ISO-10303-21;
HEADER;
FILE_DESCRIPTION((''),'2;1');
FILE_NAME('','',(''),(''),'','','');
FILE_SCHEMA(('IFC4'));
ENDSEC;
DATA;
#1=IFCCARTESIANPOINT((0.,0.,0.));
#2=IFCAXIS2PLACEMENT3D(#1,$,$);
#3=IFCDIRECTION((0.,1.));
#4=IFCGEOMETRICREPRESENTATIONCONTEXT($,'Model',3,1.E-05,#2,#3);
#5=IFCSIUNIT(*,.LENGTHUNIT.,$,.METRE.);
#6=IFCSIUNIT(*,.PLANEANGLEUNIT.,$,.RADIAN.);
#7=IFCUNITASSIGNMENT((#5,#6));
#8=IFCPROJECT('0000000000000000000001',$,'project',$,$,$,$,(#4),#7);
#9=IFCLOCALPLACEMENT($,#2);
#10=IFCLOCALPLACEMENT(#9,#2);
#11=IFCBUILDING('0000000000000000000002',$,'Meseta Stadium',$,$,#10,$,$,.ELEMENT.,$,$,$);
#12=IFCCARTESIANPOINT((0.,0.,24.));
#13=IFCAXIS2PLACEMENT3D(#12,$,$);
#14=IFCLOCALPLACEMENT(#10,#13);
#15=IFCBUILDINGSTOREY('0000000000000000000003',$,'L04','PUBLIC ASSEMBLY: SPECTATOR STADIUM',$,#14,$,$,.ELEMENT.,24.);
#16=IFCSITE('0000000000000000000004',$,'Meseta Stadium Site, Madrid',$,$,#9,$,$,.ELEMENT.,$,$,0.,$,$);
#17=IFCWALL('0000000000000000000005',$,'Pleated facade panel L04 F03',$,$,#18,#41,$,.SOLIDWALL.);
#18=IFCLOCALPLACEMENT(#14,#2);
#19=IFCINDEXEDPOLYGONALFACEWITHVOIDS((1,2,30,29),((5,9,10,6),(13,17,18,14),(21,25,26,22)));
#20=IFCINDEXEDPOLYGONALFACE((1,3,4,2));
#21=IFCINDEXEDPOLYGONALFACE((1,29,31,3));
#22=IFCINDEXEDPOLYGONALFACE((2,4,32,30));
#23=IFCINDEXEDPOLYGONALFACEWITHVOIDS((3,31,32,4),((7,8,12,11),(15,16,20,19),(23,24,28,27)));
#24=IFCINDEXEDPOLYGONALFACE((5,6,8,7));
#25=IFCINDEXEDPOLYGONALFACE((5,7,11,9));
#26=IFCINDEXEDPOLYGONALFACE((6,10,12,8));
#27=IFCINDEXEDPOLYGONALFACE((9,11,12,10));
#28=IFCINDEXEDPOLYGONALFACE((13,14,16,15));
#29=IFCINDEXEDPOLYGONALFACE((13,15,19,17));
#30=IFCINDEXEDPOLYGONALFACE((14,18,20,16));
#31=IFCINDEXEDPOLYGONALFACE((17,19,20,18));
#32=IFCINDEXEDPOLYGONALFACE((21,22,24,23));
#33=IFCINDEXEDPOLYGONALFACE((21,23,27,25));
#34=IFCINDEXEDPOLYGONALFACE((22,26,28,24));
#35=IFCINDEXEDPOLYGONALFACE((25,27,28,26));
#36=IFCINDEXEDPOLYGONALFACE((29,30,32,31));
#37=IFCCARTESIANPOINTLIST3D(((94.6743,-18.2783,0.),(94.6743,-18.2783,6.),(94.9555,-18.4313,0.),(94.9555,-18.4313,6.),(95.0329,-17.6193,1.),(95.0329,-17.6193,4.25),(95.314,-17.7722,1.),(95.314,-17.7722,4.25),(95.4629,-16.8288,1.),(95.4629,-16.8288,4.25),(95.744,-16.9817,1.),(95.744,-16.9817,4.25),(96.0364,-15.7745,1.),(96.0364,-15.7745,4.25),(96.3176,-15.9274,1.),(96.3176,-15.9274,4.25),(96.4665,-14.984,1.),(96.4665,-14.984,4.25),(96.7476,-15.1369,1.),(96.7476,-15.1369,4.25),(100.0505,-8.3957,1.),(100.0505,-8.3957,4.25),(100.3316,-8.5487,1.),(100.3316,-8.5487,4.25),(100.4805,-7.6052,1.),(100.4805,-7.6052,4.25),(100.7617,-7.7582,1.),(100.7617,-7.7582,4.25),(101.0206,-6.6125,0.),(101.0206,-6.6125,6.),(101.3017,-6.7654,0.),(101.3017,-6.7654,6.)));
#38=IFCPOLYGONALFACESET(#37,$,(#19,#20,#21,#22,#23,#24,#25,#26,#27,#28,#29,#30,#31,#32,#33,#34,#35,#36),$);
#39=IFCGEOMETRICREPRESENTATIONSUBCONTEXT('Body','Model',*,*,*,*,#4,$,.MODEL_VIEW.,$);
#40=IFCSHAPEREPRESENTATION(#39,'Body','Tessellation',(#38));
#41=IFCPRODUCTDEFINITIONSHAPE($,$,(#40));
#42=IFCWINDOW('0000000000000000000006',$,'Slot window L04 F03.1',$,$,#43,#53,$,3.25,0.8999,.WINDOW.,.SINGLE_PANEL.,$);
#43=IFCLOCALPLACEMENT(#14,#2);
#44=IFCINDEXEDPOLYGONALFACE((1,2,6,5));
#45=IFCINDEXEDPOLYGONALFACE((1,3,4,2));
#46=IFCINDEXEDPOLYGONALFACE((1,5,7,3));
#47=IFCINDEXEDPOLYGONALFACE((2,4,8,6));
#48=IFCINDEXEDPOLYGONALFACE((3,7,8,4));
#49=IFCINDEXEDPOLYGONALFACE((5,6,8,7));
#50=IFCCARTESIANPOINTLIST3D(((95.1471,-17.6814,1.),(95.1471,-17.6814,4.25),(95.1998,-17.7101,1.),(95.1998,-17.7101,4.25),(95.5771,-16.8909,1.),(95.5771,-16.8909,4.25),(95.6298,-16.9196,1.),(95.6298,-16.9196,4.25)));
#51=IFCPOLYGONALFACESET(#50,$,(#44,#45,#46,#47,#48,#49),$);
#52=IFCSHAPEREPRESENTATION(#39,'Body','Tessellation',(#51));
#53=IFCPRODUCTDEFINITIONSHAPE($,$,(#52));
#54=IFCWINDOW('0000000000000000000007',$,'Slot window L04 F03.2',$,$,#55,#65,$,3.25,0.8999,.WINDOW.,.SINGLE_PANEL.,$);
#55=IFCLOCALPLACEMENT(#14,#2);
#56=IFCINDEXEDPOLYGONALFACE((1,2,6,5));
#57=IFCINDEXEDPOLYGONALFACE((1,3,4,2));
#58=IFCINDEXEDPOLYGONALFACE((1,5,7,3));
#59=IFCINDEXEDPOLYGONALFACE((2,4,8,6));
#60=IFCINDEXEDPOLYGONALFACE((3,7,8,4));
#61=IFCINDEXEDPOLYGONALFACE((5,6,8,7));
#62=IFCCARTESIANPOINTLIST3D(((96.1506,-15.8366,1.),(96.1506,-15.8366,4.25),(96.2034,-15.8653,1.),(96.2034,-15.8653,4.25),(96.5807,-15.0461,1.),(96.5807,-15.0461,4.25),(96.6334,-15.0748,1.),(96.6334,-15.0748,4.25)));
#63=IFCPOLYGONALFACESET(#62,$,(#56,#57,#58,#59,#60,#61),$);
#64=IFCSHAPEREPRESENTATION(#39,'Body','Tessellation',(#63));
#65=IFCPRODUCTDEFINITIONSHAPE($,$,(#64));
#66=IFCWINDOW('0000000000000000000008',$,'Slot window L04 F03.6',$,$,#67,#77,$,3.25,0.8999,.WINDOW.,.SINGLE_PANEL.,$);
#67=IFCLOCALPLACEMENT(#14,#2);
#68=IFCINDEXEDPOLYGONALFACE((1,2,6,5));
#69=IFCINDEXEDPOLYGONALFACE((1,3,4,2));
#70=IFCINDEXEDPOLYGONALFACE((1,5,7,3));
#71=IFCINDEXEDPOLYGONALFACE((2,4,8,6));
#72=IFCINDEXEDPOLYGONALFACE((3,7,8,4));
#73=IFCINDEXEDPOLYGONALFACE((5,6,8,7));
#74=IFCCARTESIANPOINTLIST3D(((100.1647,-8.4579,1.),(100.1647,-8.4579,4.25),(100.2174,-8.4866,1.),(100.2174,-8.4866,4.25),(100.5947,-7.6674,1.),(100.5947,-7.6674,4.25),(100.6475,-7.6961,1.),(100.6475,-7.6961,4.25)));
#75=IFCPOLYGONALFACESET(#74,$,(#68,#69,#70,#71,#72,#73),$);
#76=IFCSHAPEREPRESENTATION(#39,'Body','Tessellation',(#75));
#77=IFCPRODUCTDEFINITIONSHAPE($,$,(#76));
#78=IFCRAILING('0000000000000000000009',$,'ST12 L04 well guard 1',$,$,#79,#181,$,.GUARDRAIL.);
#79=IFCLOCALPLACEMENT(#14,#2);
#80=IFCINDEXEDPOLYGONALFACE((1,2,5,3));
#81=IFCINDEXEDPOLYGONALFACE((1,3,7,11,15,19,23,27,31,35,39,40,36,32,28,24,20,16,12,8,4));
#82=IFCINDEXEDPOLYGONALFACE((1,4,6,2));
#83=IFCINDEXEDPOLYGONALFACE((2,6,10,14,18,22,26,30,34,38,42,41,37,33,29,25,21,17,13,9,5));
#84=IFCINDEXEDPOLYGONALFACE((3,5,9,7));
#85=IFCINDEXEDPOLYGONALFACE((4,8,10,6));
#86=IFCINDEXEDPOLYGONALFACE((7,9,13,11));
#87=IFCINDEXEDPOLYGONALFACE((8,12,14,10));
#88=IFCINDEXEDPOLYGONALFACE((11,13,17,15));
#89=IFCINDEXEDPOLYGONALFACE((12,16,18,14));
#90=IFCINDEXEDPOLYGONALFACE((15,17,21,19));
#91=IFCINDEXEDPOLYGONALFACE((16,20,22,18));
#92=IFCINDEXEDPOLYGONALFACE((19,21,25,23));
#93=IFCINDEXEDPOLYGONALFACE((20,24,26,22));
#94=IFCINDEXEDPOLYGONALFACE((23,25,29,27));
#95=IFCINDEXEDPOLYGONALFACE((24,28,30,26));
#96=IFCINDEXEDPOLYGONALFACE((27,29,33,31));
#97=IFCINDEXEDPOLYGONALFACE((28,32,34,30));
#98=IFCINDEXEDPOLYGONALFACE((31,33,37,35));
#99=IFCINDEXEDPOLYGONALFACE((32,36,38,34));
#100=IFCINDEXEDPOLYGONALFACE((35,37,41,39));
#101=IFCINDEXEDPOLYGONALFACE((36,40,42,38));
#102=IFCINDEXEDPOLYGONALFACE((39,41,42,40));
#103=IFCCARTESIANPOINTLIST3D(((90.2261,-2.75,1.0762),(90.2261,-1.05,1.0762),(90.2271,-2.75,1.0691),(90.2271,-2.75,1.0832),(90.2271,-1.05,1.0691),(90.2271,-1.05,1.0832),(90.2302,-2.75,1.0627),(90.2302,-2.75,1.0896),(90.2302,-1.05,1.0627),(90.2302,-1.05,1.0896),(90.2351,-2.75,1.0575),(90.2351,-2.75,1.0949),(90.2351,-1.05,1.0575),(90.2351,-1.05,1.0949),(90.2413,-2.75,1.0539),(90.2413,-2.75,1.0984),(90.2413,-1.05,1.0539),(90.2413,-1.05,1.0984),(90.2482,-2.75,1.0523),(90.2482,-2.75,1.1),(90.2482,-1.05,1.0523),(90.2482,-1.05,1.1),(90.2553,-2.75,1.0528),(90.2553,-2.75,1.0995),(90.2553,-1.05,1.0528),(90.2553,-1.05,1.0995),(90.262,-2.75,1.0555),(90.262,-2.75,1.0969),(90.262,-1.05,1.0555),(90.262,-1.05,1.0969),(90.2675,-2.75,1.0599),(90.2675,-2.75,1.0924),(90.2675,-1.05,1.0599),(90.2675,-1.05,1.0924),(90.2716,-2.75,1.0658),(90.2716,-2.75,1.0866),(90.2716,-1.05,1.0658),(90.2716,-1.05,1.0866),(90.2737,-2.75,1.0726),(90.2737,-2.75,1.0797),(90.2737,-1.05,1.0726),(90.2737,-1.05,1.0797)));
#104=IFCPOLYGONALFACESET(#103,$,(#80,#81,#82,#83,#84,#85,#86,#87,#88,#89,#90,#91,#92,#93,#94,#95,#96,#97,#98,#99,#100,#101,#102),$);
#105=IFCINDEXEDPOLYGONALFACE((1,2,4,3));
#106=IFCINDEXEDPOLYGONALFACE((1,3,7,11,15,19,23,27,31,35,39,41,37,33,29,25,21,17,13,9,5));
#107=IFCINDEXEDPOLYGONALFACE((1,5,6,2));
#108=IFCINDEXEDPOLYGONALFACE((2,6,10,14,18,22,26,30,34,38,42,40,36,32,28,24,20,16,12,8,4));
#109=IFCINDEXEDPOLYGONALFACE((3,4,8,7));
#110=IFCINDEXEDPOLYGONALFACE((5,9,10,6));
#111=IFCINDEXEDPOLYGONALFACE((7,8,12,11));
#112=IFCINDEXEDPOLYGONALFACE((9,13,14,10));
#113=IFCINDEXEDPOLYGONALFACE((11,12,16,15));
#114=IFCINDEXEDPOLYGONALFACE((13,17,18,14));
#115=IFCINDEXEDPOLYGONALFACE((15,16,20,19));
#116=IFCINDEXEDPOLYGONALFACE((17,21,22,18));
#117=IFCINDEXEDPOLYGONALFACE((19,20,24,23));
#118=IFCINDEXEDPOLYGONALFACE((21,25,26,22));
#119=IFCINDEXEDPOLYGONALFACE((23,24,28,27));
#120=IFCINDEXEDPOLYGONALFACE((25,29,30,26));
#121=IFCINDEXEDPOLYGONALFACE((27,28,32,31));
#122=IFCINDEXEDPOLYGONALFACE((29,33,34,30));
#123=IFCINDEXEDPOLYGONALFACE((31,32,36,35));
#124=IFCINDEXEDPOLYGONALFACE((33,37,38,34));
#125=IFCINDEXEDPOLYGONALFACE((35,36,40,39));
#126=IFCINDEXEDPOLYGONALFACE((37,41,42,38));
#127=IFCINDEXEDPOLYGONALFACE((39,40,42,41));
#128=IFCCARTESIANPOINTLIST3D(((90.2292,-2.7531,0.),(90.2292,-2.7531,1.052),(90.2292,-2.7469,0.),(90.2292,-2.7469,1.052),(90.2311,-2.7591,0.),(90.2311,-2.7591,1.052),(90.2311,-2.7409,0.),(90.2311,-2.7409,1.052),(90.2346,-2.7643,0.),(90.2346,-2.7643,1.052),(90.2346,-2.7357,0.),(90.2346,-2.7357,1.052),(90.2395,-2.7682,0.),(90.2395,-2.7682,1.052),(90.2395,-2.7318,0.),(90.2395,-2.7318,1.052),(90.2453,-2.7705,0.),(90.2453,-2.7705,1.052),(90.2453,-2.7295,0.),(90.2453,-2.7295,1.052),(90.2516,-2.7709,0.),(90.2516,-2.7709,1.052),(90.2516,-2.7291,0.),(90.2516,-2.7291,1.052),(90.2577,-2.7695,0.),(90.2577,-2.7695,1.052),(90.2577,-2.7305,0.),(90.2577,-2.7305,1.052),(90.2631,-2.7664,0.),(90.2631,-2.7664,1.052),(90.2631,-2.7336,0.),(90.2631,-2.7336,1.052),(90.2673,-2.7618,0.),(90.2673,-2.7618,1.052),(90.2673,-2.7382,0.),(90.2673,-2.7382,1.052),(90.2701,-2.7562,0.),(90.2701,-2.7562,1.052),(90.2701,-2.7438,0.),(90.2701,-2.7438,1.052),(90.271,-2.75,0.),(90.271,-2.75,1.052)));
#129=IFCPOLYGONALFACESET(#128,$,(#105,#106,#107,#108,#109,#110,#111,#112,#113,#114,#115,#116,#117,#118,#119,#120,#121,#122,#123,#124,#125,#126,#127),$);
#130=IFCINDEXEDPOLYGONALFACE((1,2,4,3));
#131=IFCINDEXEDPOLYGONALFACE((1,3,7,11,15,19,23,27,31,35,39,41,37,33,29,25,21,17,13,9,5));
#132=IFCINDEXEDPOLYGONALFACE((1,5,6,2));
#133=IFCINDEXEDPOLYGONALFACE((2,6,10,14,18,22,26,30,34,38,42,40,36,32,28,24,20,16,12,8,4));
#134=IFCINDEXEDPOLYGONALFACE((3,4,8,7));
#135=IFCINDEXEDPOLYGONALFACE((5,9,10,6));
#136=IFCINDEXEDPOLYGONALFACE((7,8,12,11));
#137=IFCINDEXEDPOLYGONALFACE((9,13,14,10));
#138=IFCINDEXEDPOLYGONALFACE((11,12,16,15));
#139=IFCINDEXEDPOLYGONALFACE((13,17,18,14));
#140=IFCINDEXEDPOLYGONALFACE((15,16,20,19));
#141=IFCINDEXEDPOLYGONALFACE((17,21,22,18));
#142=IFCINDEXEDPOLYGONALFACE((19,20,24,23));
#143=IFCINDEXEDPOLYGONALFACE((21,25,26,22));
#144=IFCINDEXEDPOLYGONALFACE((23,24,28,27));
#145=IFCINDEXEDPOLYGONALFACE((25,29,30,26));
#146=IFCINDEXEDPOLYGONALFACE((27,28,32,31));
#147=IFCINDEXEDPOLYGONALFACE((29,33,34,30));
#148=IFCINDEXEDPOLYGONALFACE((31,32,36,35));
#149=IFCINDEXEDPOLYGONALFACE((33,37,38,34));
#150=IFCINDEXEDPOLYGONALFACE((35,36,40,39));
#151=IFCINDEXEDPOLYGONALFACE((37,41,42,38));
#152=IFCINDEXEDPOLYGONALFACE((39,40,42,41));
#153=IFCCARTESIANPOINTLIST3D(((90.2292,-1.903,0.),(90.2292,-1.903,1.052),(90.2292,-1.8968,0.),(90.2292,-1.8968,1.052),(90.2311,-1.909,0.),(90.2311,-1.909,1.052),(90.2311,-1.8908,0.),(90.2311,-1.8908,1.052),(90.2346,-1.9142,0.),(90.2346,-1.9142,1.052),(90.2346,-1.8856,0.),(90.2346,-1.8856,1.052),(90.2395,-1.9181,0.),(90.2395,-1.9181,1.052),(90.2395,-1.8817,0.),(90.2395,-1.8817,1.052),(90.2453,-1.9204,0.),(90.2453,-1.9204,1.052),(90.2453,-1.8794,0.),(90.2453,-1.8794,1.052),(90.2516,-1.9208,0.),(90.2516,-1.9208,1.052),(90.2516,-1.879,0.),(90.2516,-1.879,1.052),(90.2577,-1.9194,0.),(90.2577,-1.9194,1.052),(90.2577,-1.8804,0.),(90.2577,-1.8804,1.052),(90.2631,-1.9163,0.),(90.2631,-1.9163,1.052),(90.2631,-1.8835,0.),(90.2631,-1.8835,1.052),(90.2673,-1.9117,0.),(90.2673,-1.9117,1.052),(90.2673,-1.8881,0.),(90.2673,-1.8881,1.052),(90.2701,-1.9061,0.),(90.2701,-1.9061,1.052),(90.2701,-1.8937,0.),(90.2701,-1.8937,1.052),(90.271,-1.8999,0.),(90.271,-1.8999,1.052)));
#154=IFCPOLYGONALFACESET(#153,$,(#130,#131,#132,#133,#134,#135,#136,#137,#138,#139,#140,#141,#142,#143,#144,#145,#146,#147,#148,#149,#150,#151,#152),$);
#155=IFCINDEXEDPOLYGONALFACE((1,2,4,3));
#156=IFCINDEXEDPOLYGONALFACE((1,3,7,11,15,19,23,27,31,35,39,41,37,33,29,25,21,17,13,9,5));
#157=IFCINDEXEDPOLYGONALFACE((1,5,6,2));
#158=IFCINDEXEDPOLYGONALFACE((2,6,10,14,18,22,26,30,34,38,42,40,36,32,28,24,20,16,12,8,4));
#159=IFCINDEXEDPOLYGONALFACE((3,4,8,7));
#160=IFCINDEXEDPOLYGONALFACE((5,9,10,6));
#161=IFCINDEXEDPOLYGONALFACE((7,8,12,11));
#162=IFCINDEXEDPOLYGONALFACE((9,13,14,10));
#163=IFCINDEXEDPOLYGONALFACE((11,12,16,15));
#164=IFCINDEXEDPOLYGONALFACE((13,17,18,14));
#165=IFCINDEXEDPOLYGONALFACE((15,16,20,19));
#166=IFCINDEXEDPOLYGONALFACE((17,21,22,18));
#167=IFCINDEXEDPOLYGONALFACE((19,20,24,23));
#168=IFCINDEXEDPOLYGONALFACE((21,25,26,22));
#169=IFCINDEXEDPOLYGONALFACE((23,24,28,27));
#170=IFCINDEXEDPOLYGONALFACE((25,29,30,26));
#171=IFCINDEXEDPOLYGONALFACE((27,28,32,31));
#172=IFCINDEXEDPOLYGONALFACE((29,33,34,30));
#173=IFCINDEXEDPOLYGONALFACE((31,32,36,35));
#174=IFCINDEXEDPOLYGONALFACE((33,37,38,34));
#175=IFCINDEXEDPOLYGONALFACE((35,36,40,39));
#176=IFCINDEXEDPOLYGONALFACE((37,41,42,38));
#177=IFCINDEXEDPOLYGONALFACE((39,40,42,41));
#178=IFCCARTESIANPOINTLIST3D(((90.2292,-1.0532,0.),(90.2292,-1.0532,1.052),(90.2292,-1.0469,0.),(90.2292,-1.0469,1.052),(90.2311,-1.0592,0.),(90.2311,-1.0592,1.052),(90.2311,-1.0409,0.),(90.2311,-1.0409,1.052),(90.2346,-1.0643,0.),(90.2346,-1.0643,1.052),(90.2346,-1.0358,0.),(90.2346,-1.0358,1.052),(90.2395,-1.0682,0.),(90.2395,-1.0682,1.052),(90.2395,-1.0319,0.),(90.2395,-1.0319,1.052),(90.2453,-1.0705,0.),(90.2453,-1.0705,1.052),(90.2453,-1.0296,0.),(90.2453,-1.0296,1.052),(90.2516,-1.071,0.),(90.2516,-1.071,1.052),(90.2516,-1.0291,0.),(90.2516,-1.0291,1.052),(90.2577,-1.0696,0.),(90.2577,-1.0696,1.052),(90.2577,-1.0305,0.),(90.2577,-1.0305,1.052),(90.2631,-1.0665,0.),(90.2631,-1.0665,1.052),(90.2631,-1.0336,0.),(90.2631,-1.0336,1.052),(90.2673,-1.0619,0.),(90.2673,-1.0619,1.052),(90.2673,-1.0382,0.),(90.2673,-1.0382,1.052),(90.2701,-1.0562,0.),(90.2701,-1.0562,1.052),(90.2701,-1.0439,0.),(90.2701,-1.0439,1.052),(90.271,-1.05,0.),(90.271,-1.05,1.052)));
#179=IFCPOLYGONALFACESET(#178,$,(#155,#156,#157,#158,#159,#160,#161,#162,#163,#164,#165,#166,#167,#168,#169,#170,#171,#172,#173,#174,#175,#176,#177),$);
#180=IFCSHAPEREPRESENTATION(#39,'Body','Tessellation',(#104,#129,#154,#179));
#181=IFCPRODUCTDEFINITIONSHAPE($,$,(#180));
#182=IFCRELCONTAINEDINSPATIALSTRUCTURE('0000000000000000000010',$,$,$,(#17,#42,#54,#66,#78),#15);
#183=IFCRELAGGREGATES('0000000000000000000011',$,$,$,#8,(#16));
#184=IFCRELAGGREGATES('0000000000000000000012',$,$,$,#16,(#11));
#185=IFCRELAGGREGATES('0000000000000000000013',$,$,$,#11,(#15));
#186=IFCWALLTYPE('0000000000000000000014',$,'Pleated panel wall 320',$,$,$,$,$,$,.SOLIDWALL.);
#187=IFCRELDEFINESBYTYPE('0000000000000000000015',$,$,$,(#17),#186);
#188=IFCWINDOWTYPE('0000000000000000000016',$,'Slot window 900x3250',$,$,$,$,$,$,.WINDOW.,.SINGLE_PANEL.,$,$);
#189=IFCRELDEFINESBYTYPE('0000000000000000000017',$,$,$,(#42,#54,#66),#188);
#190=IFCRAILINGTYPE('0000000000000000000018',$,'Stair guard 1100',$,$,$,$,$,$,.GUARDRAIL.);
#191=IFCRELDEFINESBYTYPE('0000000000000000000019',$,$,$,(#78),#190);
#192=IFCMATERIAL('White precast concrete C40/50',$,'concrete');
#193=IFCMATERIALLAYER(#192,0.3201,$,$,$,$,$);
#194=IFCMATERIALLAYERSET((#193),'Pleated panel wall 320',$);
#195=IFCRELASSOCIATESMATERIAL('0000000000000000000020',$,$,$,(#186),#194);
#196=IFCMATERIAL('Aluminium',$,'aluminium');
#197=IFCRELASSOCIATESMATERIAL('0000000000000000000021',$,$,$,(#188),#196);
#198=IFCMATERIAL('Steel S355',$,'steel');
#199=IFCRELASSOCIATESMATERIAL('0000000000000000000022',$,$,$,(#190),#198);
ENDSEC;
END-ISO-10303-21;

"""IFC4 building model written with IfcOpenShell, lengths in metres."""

from ifc_helpers import new_model, si_unit, direction, frame, frame_2d, origin, origin_2d, place, context, subcontext, project, spatial, rectangle, circle, extrude, material, layer, layer_set, type_object, element, fill, save


model = new_model("IFC4")

# Units and contexts
model_context = context("Model", 3, precision=1e-05, world=origin(), true_north=direction((0.0, 1.0)))
body_context = subcontext(model_context, "Body", "Model", "MODEL_VIEW")
ifc_project = project(units=[si_unit("LENGTHUNIT", "METRE"), si_unit("PLANEANGLEUNIT", "RADIAN")], contexts=[model_context])

# Site, building, storey
site_placement = place(None, origin())
site = spatial("IfcSite", under=ifc_project, at=site_placement, Name="Meseta Stadium Site, Madrid", CompositionType="ELEMENT", RefElevation=0.0)
building_placement = place(site_placement, origin())
building = spatial("IfcBuilding", under=site, at=building_placement, Name="Meseta Stadium", CompositionType="ELEMENT")
storey_placement = place(building_placement, frame((0.0, 0.0, 24.0)))
storey = spatial("IfcBuildingStorey", under=building, at=storey_placement, Name="L04", Description="PUBLIC ASSEMBLY: SPECTATOR STADIUM", CompositionType="ELEMENT", Elevation=24.0)

# Wall, openings, windows
ifc_material_1 = material(Name="White precast concrete C40/50", Category="concrete")
ifc_layer_1 = layer(ifc_material_1, 0.3201)
ifc_layer_set_1 = layer_set([ifc_layer_1], Name="Pleated panel wall 320")
wall_type_1 = type_object("IfcWallType", Name="Pleated panel wall 320", PredefinedType="SOLIDWALL", material=ifc_layer_set_1)
wall_1_placement = place(storey_placement, frame((101.1611, -6.689, 0.0), z_axis=(0.0, 0.0, 1.0), x_axis=(-0.477868, -0.878432, 0.0)))
wall_1 = element("IfcWall", 1, at=wall_1_placement, inside=storey, type_object=wall_type_1, Name="Pleated facade panel L04 F03", PredefinedType="SOLIDWALL", context=body_context, shape_type="SweptSolid", body=[
    extrude(rectangle(XDim=13.2803, YDim=0.3201, at=frame_2d((6.6401, 0.0))), origin(), (0.0, 0.0, 1.0), 6.0),
])
opening_1_placement = place(wall_1_placement, frame((11.6301, 0.0, 1.0)))
opening_1 = element("IfcOpeningElement", 2, at=opening_1_placement, cuts=wall_1, PredefinedType="OPENING", context=body_context, shape_type="SweptSolid", body=[
    extrude(rectangle(XDim=0.8999, YDim=3.25, at=frame_2d((0.45, 1.625))), frame((0.0, 0.1699, 0.0), z_axis=(0.0, -1.0, 0.0), x_axis=(1.0, 0.0, 0.0)), (0.0, 0.0, 1.0), 0.3401),
])
opening_2_placement = place(wall_1_placement, frame((9.53, 0.0, 1.0)))
opening_2 = element("IfcOpeningElement", 3, at=opening_2_placement, cuts=wall_1, PredefinedType="OPENING", context=body_context, shape_type="SweptSolid", body=[
    extrude(rectangle(XDim=0.8999, YDim=3.25, at=frame_2d((0.45, 1.625))), frame((0.0, 0.1699, 0.0), z_axis=(0.0, -1.0, 0.0), x_axis=(1.0, 0.0, 0.0)), (0.0, 0.0, 1.0), 0.3401),
])
opening_3_placement = place(wall_1_placement, frame((1.1301, 0.0, 1.0)))
opening_3 = element("IfcOpeningElement", 4, at=opening_3_placement, cuts=wall_1, PredefinedType="OPENING", context=body_context, shape_type="SweptSolid", body=[
    extrude(rectangle(XDim=0.8999, YDim=3.25, at=frame_2d((0.45, 1.625))), frame((0.0, 0.1699, 0.0), z_axis=(0.0, -1.0, 0.0), x_axis=(1.0, 0.0, 0.0)), (0.0, 0.0, 1.0), 0.3401),
])
ifc_material_2 = material(Name="Aluminium", Category="aluminium")
window_type_1 = type_object("IfcWindowType", Name="Slot window 900x3250", PartitioningType="SINGLE_PANEL", PredefinedType="WINDOW", material=ifc_material_2)
window_1_placement = place(opening_1_placement, origin())
window_1 = element("IfcWindow", 5, at=window_1_placement, inside=storey, type_object=window_type_1, Name="Slot window L04 F03.1", OverallHeight=3.25, OverallWidth=0.8999, PartitioningType="SINGLE_PANEL", PredefinedType="WINDOW", context=body_context, shape_type="SweptSolid", body=[
    extrude(rectangle(XDim=0.8999, YDim=3.25, at=frame_2d((0.45, 1.625))), frame((0.0, 0.03, 0.0), z_axis=(0.0, -1.0, 0.0), x_axis=(1.0, 0.0, 0.0)), (0.0, 0.0, 1.0), 0.0601),
])
fill(opening_1, window_1)
window_2_placement = place(opening_2_placement, origin())
window_2 = element("IfcWindow", 6, at=window_2_placement, inside=storey, type_object=window_type_1, Name="Slot window L04 F03.2", OverallHeight=3.25, OverallWidth=0.8999, PartitioningType="SINGLE_PANEL", PredefinedType="WINDOW", context=body_context, shape_type="SweptSolid", body=[
    extrude(rectangle(XDim=0.8999, YDim=3.25, at=frame_2d((0.45, 1.625))), frame((0.0, 0.03, 0.0), z_axis=(0.0, -1.0, 0.0), x_axis=(1.0, 0.0, 0.0)), (0.0, 0.0, 1.0), 0.0601),
])
fill(opening_2, window_2)
window_3_placement = place(opening_3_placement, origin())
window_3 = element("IfcWindow", 7, at=window_3_placement, inside=storey, type_object=window_type_1, Name="Slot window L04 F03.6", OverallHeight=3.25, OverallWidth=0.8999, PartitioningType="SINGLE_PANEL", PredefinedType="WINDOW", context=body_context, shape_type="SweptSolid", body=[
    extrude(rectangle(XDim=0.8999, YDim=3.25, at=frame_2d((0.45, 1.625))), frame((0.0, 0.03, 0.0), z_axis=(0.0, -1.0, 0.0), x_axis=(1.0, 0.0, 0.0)), (0.0, 0.0, 1.0), 0.0601),
])
fill(opening_3, window_3)

# Railing
ifc_material_3 = material(Name="Steel S355", Category="steel")
railing_type = type_object("IfcRailingType", Name="Stair guard 1100", PredefinedType="GUARDRAIL", material=ifc_material_3)
railing_placement = place(storey_placement, frame((90.25, -2.75, 0.0)))
element("IfcRailing", 8, at=railing_placement, inside=storey, type_object=railing_type, Name="ST12 L04 well guard 1", PredefinedType="GUARDRAIL", context=body_context, shape_type="SweptSolid", body=[
    extrude(circle(Radius=0.0239, at=origin_2d()), frame((0.0, 0.0, 1.0762), z_axis=(0.0, 1.0, 0.0), x_axis=(-1.0, 0.0, 0.0)), (0.0, 0.0, 1.0), 1.7),
    extrude(circle(Radius=0.021, at=origin_2d()), origin(), (0.0, 0.0, 1.0), 1.052),
    extrude(circle(Radius=0.021, at=origin_2d()), frame((0.0, 0.8501, 0.0)), (0.0, 0.0, 1.0), 1.052),
    extrude(circle(Radius=0.021, at=origin_2d()), frame((0.0, 1.7, 0.0)), (0.0, 0.0, 1.0), 1.052),
])

save(model, "model.ifc")
